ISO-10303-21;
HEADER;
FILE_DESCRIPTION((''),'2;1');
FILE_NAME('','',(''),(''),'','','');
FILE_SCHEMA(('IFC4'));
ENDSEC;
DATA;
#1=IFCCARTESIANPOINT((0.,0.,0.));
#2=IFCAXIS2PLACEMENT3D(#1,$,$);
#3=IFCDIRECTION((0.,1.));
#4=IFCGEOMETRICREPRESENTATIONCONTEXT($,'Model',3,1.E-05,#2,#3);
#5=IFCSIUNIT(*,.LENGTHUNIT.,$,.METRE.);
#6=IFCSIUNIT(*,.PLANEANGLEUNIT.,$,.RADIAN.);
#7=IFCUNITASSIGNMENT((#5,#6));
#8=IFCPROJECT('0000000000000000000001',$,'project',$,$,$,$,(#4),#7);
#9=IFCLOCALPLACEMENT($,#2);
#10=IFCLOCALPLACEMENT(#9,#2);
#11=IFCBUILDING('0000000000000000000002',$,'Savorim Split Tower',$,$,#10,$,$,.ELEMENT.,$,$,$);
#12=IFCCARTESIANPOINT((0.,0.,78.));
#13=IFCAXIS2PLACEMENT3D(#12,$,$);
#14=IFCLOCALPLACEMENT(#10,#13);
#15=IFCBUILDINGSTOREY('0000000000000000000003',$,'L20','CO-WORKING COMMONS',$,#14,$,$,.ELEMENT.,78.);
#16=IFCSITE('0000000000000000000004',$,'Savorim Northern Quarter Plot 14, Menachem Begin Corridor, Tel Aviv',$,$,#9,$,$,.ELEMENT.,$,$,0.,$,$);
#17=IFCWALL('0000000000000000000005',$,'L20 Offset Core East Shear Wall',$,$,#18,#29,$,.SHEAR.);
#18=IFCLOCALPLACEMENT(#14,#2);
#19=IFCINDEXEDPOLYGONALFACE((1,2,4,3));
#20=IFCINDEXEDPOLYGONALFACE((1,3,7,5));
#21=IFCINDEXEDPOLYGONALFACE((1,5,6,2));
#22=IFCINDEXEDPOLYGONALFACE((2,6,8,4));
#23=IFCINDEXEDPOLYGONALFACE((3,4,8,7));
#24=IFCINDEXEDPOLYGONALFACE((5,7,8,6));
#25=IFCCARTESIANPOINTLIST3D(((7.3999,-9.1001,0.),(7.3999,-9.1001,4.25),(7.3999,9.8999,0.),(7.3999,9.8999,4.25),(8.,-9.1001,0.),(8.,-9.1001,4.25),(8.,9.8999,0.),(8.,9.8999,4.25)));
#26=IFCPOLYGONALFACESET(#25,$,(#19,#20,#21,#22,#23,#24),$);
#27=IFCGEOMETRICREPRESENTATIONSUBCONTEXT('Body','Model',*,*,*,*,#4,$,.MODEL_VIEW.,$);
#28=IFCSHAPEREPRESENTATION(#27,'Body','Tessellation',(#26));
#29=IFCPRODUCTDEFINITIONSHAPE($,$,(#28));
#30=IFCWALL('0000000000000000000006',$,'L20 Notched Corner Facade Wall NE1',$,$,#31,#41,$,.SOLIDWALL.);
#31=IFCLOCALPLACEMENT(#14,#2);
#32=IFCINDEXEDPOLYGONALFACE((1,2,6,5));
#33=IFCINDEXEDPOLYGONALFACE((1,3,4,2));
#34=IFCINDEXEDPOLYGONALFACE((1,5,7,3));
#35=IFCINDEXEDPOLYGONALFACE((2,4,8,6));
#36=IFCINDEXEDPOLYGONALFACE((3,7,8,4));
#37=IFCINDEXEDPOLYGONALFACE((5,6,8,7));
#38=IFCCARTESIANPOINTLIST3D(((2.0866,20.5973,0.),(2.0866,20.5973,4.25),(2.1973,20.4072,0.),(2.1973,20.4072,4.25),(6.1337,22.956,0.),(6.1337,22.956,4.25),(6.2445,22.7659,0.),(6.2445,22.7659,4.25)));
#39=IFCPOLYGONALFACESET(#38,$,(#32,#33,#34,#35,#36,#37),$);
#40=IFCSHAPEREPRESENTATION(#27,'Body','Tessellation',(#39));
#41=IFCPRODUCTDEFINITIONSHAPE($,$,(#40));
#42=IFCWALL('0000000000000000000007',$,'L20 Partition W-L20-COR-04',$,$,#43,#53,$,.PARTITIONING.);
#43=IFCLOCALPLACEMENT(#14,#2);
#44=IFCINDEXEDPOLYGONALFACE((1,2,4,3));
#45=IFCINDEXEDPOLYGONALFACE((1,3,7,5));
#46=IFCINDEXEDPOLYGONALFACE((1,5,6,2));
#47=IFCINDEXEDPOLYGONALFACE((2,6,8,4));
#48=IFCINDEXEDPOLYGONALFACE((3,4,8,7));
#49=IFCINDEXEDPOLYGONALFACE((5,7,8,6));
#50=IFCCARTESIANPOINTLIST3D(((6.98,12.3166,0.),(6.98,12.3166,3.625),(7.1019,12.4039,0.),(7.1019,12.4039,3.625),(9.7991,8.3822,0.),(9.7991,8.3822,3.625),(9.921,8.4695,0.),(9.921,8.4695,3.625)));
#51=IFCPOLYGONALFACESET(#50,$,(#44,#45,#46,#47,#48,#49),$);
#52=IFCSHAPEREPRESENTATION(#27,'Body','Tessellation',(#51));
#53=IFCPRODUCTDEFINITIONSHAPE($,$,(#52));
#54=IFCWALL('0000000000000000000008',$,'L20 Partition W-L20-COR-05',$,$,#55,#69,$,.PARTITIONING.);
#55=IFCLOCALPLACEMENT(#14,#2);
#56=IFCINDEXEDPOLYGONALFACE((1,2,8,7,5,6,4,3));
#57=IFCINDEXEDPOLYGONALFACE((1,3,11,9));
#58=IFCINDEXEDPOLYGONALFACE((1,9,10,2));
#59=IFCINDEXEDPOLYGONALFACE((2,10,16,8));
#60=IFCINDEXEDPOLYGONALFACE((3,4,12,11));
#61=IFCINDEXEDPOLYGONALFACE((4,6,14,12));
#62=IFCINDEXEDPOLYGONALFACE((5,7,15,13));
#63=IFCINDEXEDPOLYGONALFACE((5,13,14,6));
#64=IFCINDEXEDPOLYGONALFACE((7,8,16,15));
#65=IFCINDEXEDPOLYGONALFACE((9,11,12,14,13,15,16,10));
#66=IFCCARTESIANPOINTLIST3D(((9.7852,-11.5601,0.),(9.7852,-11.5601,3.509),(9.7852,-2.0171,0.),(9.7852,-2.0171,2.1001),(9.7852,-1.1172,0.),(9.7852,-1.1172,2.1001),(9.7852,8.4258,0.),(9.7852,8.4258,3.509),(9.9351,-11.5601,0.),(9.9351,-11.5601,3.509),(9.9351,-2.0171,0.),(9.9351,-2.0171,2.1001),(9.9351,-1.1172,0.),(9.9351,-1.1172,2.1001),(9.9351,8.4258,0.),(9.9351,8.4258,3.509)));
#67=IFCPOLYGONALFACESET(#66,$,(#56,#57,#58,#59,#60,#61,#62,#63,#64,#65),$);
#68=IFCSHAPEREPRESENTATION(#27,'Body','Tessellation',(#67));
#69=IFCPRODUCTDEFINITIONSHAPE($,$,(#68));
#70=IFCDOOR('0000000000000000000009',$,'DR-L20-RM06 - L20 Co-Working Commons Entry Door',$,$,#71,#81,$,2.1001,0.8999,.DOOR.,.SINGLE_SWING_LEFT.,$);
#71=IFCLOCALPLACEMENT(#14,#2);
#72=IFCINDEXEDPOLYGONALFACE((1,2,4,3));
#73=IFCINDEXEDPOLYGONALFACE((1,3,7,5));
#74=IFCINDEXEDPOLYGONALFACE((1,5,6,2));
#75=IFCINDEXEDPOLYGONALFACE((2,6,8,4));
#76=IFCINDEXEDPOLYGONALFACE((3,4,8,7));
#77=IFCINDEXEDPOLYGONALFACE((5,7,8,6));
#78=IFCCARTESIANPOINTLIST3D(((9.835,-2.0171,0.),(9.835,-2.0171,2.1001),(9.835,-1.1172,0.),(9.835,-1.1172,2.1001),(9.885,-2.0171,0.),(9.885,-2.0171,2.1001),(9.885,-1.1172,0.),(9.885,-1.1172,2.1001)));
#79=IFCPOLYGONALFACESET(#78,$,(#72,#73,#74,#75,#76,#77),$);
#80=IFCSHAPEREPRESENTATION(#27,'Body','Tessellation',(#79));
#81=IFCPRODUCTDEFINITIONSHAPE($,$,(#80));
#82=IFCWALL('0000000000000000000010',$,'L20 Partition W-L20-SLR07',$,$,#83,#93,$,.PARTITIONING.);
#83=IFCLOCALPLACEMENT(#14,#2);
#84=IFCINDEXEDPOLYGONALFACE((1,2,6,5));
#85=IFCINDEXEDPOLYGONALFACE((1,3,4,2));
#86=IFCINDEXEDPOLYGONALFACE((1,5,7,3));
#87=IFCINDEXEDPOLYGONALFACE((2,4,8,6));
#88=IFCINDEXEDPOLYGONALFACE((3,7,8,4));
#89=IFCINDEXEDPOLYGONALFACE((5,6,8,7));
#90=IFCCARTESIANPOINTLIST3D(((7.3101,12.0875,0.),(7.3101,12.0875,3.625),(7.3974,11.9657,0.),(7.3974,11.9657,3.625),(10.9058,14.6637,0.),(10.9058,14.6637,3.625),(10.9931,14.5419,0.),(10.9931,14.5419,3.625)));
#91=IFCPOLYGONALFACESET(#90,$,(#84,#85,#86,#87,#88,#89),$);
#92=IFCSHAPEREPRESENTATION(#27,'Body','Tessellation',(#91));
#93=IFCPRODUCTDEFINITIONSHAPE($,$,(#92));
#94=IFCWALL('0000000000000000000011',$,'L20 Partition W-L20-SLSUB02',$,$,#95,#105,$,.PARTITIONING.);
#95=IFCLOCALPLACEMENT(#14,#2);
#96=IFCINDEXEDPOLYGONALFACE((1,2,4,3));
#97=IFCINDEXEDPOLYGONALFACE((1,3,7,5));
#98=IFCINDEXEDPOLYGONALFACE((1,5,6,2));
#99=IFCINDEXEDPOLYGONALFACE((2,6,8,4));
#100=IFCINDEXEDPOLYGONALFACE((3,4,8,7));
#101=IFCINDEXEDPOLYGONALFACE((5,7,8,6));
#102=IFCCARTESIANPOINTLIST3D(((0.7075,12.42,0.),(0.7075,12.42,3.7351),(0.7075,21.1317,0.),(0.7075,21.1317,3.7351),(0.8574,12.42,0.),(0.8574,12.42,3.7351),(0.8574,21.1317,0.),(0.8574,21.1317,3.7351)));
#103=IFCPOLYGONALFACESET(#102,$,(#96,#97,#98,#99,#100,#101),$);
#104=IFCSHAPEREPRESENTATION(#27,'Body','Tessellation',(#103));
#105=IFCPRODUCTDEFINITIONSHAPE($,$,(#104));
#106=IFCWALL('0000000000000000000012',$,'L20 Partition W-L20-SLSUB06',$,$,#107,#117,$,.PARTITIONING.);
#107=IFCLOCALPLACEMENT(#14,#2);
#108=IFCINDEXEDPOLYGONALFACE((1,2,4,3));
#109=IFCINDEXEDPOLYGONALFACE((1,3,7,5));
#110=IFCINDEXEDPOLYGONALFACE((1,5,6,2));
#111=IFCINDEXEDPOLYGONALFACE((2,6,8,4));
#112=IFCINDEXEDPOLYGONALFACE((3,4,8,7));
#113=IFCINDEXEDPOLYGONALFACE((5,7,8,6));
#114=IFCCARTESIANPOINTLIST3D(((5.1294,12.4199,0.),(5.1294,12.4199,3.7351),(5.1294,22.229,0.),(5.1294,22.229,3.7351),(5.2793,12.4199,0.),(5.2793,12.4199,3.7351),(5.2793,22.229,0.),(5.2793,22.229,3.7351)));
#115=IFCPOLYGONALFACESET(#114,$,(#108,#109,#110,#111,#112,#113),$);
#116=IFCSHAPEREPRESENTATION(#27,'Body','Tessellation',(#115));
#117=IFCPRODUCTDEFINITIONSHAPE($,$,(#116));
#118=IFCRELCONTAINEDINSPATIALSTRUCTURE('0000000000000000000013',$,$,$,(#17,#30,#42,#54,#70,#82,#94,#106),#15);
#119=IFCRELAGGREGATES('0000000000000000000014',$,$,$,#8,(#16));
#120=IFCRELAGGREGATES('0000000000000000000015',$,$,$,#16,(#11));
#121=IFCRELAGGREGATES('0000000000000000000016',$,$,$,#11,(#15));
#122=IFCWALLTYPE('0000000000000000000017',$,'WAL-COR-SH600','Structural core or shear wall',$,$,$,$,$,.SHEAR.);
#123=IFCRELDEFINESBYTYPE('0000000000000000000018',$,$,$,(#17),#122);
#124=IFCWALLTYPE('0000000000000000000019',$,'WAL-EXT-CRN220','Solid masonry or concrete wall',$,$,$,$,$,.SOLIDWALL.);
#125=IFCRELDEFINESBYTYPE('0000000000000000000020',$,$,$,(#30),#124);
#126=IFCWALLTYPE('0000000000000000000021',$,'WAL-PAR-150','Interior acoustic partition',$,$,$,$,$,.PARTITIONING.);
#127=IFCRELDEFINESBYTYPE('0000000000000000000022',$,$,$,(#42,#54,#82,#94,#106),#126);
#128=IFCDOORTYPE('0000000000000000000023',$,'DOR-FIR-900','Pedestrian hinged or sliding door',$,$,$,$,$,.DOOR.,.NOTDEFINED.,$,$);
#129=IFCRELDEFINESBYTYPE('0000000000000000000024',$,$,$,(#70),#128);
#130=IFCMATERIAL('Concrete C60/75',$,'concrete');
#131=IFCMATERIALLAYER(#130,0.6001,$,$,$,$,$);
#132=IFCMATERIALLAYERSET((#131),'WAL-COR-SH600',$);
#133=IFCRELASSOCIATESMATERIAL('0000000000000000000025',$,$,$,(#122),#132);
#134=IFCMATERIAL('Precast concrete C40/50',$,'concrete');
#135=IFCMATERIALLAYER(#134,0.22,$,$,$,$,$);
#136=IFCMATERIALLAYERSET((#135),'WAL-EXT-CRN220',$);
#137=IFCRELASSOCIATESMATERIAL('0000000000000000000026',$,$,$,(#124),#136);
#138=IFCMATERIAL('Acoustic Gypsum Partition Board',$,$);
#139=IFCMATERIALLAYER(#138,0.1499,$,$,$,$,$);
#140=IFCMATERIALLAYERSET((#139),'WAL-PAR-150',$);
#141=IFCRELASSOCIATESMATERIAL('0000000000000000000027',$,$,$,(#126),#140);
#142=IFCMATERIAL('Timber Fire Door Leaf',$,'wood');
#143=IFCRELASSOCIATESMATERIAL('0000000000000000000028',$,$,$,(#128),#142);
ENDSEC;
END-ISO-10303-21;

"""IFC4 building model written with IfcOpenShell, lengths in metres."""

from ifc_helpers import new_model, si_unit, direction, frame, frame_2d, origin, place, context, subcontext, project, spatial, rectangle, extrude, material, layer, layer_set, type_object, element, fill, save


model = new_model("IFC4")

# Units and contexts
model_context = context("Model", 3, precision=1e-05, world=origin(), true_north=direction((0.0, 1.0)))
body_context = subcontext(model_context, "Body", "Model", "MODEL_VIEW")
ifc_project = project(units=[si_unit("LENGTHUNIT", "METRE"), si_unit("PLANEANGLEUNIT", "RADIAN")], contexts=[model_context])

# Site, building, storey
site_placement = place(None, origin())
site = spatial("IfcSite", under=ifc_project, at=site_placement, Name="Savorim Northern Quarter Plot 14, Menachem Begin Corridor, Tel Aviv", CompositionType="ELEMENT", RefElevation=0.0)
building_placement = place(site_placement, origin())
building = spatial("IfcBuilding", under=site, at=building_placement, Name="Savorim Split Tower", CompositionType="ELEMENT")
storey_placement = place(building_placement, frame((0.0, 0.0, 78.0)))
storey = spatial("IfcBuildingStorey", under=building, at=storey_placement, Name="L20", Description="CO-WORKING COMMONS", CompositionType="ELEMENT", Elevation=78.0)

# Shared definitions
ifc_material_1 = material(Name="Concrete C60/75", Category="concrete")
ifc_layer_1 = layer(ifc_material_1, 0.6001)
ifc_layer_set_1 = layer_set([ifc_layer_1], Name="WAL-COR-SH600")
wall_type_1 = type_object("IfcWallType", Name="WAL-COR-SH600", Description="Structural core or shear wall", PredefinedType="SHEAR", material=ifc_layer_set_1)
ifc_material_2 = material(Name="Timber Fire Door Leaf", Category="wood")

# Walls
wall_1_placement = place(storey_placement, frame((7.7, 9.8999, 0.0), z_axis=(0.0, 0.0, 1.0), x_axis=(0.0, -1.0, 0.0)))
element("IfcWall", 1, at=wall_1_placement, inside=storey, type_object=wall_type_1, Name="L20 Offset Core East Shear Wall", PredefinedType="SHEAR", context=body_context, shape_type="SweptSolid", body=[
    extrude(rectangle(XDim=19.0, YDim=0.6001, at=frame_2d((9.5, 0.0))), origin(), (0.0, 0.0, 1.0), 4.25),
])
ifc_material_3 = material(Name="Precast concrete C40/50", Category="concrete")
ifc_layer_2 = layer(ifc_material_3, 0.22)
ifc_layer_set_2 = layer_set([ifc_layer_2], Name="WAL-EXT-CRN220")
wall_type_2 = type_object("IfcWallType", Name="WAL-EXT-CRN220", Description="Solid masonry or concrete wall", PredefinedType="SOLIDWALL", material=ifc_layer_set_2)
wall_2_placement = place(storey_placement, frame((2.1418, 20.5022, 0.0), z_axis=(0.0, 0.0, 1.0), x_axis=(0.863981, 0.503524, 0.0)))
element("IfcWall", 2, at=wall_2_placement, inside=storey, type_object=wall_type_2, Name="L20 Notched Corner Facade Wall NE1", PredefinedType="SOLIDWALL", context=body_context, shape_type="SweptSolid", body=[
    extrude(rectangle(XDim=4.6843, YDim=0.22, at=frame_2d((2.3423, 0.0))), origin(), (0.0, 0.0, 1.0), 4.25),
])
ifc_material_4 = material(Name="Acoustic Gypsum Partition Board")
ifc_layer_3 = layer(ifc_material_4, 0.1499)
ifc_layer_set_3 = layer_set([ifc_layer_3], Name="WAL-PAR-150")
wall_type_3 = type_object("IfcWallType", Name="WAL-PAR-150", Description="Interior acoustic partition", PredefinedType="PARTITIONING", material=ifc_layer_set_3)
wall_3_placement = place(storey_placement, frame((7.041, 12.3601, 0.0), z_axis=(0.0, 0.0, 1.0), x_axis=(0.58245, -0.812867, 0.0)))
element("IfcWall", 3, at=wall_3_placement, inside=storey, type_object=wall_type_3, Name="L20 Partition W-L20-COR-04", PredefinedType="PARTITIONING", context=body_context, shape_type="SweptSolid", body=[
    extrude(rectangle(XDim=4.8401, YDim=0.1499, at=frame_2d((2.4199, 0.0))), origin(), (0.0, 0.0, 1.0), 3.625),
])

# Wall, opening, door
wall_4_placement = place(storey_placement, frame((9.8601, 8.4258, 0.0), z_axis=(0.0, 0.0, 1.0), x_axis=(0.0, -1.0, 0.0)))
wall_4 = element("IfcWall", 4, at=wall_4_placement, inside=storey, type_object=wall_type_3, Name="L20 Partition W-L20-COR-05", PredefinedType="PARTITIONING", context=body_context, shape_type="SweptSolid", body=[
    extrude(rectangle(XDim=19.9858, YDim=0.1499, at=frame_2d((9.9929, 0.0))), origin(), (0.0, 0.0, 1.0), 3.509),
])
opening_1_placement = place(wall_4_placement, frame((9.543, 0.0, 0.0)))
opening_1 = element("IfcOpeningElement", 5, at=opening_1_placement, cuts=wall_4, PredefinedType="OPENING", context=body_context, shape_type="SweptSolid", body=[
    extrude(rectangle(XDim=0.8999, YDim=2.1001, at=frame_2d((0.45, 1.05))), frame((0.0, 0.085, 0.0), z_axis=(0.0, -1.0, 0.0), x_axis=(1.0, 0.0, 0.0)), (0.0, 0.0, 1.0), 0.1699),
])
door_type_1 = type_object("IfcDoorType", Name="DOR-FIR-900", Description="Pedestrian hinged or sliding door", OperationType="NOTDEFINED", PredefinedType="DOOR", material=ifc_material_2)
door_1_placement = place(opening_1_placement, origin())
door_1 = element("IfcDoor", 6, at=door_1_placement, inside=storey, type_object=door_type_1, Name="DR-L20-RM06 - L20 Co-Working Commons Entry Door", OperationType="SINGLE_SWING_LEFT", OverallHeight=2.1001, OverallWidth=0.8999, PredefinedType="DOOR", context=body_context, shape_type="SweptSolid", body=[
    extrude(rectangle(XDim=0.8999, YDim=2.1001, at=frame_2d((0.45, 1.05))), frame((0.0, 0.0249, 0.0), z_axis=(0.0, -1.0, 0.0), x_axis=(1.0, 0.0, 0.0)), (0.0, 0.0, 1.0), 0.05),
])
fill(opening_1, door_1)

# Walls
wall_5_placement = place(storey_placement, frame((7.3538, 12.0266, 0.0), z_axis=(0.0, 0.0, 1.0), x_axis=(0.812897, 0.582407, 0.0)))
element("IfcWall", 7, at=wall_5_placement, inside=storey, type_object=wall_type_3, Name="L20 Partition W-L20-SLR07", PredefinedType="PARTITIONING", context=body_context, shape_type="SweptSolid", body=[
    extrude(rectangle(XDim=4.4233, YDim=0.1499, at=frame_2d((2.2117, 0.0))), origin(), (0.0, 0.0, 1.0), 3.625),
])
wall_6_placement = place(storey_placement, frame((0.7825, 12.4199, 0.0), z_axis=(0.0, 0.0, 1.0), x_axis=(0.0, 1.0, 0.0)))
element("IfcWall", 8, at=wall_6_placement, inside=storey, type_object=wall_type_3, Name="L20 Partition W-L20-SLSUB02", PredefinedType="PARTITIONING", context=body_context, shape_type="SweptSolid", body=[
    extrude(rectangle(XDim=8.7117, YDim=0.1499, at=frame_2d((4.356, 0.0))), origin(), (0.0, 0.0, 1.0), 3.7351),
])
wall_7_placement = place(storey_placement, frame((5.2043, 12.4199, 0.0), z_axis=(0.0, 0.0, 1.0), x_axis=(0.0, 1.0, 0.0)))
element("IfcWall", 9, at=wall_7_placement, inside=storey, type_object=wall_type_3, Name="L20 Partition W-L20-SLSUB06", PredefinedType="PARTITIONING", context=body_context, shape_type="SweptSolid", body=[
    extrude(rectangle(XDim=9.8091, YDim=0.1499, at=frame_2d((4.9045, 0.0))), origin(), (0.0, 0.0, 1.0), 3.7351),
])

save(model, "model.ifc")
